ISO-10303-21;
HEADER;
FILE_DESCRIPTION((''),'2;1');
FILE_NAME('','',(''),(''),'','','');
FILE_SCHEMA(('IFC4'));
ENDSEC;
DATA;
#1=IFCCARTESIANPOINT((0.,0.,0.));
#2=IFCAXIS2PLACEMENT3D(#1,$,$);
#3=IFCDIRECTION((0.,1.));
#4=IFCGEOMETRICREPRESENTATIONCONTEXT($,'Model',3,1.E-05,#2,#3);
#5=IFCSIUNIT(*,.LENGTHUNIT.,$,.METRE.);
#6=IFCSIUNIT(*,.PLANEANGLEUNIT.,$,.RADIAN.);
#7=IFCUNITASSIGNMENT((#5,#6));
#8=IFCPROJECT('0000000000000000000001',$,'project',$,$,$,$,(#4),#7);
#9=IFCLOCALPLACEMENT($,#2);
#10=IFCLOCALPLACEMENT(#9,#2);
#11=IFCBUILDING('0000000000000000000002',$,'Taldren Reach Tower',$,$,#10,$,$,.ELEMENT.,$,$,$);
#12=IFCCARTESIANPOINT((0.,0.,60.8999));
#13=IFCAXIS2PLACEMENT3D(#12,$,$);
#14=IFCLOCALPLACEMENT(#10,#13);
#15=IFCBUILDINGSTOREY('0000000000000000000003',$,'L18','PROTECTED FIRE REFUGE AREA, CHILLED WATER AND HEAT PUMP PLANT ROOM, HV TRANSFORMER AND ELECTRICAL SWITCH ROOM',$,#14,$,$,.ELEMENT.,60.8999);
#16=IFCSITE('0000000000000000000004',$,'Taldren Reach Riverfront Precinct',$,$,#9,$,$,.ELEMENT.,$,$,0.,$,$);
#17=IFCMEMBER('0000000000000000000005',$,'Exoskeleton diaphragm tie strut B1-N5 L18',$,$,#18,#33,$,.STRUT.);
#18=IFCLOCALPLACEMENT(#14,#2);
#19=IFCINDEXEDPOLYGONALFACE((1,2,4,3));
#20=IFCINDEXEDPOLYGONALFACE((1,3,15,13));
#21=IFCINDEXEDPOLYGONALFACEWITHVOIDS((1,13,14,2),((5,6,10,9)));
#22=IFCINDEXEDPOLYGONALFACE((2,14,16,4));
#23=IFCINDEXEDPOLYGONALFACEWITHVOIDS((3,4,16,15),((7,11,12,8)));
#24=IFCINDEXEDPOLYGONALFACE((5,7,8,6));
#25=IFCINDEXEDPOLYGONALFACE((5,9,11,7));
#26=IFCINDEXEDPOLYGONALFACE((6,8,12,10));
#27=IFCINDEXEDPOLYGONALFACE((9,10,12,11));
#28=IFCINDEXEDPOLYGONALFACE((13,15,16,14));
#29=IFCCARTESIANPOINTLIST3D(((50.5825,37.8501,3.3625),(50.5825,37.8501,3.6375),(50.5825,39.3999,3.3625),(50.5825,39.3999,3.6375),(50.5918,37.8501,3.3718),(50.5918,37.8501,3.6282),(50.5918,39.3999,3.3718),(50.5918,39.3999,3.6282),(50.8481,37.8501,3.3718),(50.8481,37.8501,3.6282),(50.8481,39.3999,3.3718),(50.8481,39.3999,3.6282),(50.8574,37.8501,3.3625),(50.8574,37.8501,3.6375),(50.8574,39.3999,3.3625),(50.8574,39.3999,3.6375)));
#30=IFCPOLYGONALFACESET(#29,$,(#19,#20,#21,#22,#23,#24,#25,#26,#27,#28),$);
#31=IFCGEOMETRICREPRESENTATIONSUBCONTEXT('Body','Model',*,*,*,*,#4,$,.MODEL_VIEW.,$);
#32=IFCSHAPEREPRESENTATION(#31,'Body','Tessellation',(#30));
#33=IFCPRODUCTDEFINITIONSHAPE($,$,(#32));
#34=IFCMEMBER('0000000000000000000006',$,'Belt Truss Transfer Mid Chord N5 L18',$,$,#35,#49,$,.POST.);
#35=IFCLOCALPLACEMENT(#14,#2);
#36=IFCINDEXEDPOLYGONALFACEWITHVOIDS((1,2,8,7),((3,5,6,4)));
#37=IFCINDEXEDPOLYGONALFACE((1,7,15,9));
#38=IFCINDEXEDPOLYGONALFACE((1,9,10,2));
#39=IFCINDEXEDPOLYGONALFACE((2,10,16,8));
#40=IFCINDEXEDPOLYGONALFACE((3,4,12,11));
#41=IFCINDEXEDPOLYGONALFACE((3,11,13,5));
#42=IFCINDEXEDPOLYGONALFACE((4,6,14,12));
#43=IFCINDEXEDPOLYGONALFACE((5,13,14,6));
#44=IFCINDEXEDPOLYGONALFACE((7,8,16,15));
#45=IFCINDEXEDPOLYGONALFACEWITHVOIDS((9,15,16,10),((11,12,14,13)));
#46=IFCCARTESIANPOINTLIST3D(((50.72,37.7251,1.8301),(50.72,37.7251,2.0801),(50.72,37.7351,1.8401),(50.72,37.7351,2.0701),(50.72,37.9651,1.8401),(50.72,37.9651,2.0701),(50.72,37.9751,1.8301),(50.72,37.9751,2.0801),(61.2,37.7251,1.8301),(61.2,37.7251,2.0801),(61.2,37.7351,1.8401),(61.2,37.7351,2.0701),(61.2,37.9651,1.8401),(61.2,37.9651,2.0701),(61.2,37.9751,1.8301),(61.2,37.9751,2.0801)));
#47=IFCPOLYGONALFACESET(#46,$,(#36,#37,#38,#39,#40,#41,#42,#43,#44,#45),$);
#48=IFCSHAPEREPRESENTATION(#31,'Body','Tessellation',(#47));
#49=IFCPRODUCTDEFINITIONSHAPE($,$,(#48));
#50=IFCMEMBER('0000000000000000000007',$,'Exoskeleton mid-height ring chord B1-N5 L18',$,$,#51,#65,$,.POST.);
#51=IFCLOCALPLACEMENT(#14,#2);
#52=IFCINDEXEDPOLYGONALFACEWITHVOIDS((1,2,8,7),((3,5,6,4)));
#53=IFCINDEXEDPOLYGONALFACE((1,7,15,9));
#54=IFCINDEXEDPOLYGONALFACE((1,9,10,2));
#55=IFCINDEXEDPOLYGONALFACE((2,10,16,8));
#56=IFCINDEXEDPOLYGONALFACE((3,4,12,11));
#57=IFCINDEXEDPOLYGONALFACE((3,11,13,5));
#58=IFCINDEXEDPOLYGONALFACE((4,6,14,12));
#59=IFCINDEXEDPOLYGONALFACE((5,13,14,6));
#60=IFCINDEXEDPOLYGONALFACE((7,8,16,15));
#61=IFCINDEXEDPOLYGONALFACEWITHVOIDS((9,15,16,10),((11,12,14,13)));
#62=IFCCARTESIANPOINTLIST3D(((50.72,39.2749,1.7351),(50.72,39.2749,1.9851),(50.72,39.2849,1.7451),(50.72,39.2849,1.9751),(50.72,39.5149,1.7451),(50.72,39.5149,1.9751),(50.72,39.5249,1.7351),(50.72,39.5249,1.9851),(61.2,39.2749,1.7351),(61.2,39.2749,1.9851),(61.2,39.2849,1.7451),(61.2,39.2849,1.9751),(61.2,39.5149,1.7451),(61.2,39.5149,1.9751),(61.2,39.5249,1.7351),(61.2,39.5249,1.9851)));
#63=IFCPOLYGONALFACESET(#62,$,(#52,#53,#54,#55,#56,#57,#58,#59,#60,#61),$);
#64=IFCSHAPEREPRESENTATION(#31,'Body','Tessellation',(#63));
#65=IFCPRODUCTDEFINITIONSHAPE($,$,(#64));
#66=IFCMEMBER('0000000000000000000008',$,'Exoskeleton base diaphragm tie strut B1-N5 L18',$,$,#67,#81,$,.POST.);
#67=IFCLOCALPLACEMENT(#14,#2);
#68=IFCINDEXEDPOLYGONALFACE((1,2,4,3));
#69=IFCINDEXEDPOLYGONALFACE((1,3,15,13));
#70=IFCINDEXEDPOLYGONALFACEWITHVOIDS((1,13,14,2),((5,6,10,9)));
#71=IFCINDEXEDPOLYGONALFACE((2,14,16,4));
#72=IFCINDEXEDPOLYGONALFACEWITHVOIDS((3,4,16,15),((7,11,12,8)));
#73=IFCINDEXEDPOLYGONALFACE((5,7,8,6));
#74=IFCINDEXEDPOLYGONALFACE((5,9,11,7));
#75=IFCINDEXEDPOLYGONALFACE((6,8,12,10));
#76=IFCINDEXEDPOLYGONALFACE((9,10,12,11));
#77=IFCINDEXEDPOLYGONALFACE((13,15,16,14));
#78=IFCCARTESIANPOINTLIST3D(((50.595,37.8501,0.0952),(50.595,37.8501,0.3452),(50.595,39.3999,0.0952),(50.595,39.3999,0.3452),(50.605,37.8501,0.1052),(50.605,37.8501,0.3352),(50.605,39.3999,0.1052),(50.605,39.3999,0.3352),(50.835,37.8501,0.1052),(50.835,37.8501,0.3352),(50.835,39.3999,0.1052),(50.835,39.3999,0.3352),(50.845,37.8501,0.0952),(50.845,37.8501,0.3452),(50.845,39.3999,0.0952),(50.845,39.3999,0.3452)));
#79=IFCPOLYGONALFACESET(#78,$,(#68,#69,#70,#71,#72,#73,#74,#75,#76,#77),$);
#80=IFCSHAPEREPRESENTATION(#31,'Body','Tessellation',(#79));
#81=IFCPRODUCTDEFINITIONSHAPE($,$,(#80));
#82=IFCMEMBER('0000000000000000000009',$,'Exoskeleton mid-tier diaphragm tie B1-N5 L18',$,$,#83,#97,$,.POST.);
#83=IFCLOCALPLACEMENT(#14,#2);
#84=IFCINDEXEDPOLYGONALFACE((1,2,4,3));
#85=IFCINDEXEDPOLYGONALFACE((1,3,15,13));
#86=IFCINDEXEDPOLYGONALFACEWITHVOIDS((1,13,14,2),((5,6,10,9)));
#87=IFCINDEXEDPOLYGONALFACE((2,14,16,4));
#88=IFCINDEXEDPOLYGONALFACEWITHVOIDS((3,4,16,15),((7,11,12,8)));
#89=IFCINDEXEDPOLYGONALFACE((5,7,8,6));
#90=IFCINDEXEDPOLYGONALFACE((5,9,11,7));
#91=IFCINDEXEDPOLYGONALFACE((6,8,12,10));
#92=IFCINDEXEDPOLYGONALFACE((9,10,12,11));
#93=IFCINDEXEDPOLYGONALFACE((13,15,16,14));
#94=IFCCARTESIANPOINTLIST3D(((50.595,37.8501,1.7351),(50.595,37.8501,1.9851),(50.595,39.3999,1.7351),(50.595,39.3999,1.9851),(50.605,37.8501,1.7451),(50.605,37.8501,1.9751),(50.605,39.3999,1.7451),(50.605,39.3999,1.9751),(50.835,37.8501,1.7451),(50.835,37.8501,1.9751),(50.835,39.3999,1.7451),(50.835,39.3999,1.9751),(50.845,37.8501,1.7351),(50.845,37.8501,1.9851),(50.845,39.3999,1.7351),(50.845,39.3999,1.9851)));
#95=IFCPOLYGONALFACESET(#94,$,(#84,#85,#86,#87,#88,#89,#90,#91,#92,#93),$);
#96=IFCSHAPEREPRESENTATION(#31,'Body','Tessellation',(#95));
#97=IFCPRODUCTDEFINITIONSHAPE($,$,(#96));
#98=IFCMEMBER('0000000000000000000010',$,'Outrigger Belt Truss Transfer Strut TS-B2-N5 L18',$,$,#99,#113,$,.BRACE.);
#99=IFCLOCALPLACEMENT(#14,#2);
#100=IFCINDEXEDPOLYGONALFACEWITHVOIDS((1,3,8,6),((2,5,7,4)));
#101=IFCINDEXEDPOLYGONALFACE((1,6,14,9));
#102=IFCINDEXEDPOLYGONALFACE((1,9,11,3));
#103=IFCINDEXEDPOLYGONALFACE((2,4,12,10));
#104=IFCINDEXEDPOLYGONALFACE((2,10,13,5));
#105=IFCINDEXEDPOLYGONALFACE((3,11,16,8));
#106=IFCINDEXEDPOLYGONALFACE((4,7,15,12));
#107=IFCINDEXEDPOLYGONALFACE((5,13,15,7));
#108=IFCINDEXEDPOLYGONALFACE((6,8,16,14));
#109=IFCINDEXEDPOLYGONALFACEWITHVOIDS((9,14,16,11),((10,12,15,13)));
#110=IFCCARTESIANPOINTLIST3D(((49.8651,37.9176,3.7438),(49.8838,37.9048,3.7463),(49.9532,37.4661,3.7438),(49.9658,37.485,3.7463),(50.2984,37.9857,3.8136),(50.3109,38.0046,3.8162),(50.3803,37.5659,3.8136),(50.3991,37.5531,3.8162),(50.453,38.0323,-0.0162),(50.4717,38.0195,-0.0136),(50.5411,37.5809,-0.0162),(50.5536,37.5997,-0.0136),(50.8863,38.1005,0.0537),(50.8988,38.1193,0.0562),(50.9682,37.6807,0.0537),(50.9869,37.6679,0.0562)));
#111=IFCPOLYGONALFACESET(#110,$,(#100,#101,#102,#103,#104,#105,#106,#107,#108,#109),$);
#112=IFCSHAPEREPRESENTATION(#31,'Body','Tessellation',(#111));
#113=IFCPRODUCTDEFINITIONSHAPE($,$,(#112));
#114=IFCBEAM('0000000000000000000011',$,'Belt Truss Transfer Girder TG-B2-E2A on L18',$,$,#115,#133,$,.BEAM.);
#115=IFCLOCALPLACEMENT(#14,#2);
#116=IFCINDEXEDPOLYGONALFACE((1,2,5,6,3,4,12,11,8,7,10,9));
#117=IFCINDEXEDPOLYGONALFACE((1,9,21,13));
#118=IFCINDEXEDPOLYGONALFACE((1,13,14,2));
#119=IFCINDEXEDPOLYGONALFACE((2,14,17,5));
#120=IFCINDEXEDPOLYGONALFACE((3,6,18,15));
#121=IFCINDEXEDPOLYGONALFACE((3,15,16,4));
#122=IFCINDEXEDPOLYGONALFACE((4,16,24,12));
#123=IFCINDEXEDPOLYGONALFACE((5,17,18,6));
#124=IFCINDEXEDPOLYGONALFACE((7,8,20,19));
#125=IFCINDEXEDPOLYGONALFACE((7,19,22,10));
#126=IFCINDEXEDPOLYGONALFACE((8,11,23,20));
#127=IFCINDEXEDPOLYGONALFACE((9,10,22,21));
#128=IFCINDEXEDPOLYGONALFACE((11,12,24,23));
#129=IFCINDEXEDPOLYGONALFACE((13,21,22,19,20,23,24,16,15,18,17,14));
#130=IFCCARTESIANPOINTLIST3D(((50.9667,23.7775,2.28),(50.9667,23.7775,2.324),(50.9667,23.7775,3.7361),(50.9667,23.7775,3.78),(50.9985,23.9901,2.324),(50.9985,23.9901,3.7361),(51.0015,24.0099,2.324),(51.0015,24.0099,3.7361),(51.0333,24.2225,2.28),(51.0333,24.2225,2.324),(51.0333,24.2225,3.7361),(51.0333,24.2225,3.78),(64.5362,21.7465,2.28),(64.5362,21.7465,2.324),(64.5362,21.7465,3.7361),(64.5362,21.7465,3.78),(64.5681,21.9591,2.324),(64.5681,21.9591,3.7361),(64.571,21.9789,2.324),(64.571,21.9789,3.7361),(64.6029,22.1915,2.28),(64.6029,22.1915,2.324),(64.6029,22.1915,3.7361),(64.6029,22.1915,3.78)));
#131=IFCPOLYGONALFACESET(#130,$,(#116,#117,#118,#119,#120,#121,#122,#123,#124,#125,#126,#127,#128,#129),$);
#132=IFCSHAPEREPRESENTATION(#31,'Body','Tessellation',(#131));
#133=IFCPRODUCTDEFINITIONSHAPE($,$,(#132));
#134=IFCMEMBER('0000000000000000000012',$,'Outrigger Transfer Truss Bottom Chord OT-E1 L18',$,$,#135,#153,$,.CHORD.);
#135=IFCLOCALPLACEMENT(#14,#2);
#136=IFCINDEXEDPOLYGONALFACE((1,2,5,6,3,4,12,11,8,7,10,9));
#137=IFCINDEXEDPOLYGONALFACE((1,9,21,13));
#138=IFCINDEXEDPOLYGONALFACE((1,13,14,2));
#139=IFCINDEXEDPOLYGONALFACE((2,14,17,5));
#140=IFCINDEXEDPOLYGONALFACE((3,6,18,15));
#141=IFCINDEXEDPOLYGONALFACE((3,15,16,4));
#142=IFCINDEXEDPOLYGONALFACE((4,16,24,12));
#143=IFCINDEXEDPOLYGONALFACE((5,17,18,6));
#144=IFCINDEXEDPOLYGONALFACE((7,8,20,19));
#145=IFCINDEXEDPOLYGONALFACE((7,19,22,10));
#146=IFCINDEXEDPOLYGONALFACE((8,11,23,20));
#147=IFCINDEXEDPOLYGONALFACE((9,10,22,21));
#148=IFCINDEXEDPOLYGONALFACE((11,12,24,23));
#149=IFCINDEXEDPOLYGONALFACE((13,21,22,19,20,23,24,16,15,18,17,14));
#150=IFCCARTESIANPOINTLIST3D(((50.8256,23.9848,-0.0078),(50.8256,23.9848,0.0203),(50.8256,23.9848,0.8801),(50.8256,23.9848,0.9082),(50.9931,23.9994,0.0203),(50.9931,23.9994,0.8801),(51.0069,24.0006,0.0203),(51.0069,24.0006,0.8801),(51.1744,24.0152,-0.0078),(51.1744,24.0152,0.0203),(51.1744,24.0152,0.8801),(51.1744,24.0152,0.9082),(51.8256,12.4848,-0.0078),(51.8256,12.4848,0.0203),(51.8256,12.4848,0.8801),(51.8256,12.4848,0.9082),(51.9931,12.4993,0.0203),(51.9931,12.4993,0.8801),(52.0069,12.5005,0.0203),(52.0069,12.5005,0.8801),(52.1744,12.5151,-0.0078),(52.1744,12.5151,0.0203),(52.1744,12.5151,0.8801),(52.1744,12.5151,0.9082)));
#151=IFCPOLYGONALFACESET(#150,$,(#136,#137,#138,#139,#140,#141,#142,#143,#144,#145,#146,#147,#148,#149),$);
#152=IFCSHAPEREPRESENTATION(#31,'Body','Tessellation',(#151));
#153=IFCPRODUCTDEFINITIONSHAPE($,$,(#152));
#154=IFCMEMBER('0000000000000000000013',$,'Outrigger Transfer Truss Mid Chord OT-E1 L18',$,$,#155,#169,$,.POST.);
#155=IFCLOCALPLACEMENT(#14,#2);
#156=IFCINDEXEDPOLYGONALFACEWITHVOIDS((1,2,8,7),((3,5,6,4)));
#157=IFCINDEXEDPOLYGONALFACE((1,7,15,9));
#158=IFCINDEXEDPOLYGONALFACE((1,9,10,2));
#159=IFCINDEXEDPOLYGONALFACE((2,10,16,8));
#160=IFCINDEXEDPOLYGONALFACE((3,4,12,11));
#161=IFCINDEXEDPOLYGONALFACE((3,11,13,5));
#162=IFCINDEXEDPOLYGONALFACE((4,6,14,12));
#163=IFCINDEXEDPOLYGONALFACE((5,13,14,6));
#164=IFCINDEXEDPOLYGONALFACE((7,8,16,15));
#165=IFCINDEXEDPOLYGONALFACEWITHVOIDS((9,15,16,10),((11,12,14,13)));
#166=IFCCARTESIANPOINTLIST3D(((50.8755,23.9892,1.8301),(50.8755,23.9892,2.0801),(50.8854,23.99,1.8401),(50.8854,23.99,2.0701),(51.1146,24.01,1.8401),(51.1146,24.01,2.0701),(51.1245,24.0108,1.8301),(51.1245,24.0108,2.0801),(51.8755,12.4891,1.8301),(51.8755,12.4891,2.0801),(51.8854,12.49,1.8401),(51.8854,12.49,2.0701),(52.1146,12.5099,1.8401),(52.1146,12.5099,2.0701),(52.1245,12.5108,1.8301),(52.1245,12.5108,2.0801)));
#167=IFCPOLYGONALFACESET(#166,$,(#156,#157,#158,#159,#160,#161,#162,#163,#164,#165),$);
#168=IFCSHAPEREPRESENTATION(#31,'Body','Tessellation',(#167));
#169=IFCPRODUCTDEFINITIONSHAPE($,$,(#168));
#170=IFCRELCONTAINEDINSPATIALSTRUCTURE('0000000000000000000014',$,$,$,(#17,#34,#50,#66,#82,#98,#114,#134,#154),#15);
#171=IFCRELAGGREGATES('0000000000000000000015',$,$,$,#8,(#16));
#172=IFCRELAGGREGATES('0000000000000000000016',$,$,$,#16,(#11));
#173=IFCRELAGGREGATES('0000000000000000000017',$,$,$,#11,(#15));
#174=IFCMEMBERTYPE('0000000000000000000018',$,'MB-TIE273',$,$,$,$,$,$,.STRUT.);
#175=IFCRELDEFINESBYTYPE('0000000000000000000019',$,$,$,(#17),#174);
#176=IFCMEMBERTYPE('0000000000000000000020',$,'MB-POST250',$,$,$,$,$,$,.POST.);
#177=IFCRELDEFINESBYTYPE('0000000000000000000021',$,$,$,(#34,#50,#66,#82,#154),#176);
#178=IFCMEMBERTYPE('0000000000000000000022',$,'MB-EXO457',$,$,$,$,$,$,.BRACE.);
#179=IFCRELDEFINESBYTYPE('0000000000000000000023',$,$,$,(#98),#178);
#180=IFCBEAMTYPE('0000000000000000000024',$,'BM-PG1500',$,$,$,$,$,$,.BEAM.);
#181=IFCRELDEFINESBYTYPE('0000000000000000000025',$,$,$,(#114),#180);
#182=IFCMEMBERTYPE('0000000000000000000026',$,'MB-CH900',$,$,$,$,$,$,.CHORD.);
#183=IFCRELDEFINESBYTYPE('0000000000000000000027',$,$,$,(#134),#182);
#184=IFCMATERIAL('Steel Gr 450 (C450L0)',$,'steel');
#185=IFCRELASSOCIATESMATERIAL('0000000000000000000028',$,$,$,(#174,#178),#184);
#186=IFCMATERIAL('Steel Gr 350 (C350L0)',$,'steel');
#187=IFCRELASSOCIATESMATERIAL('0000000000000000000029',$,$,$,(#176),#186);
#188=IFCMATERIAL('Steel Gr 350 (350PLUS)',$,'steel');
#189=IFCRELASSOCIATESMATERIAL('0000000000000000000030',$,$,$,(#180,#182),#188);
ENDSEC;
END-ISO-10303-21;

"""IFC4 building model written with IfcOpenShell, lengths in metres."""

from ifc_helpers import new_model, si_unit, direction, frame, origin, origin_2d, place, context, subcontext, project, spatial, hollow_rectangle, i_section, extrude, source, transform, mapped, material, material_profile, profile_set, type_object, element, save


model = new_model("IFC4")

# Units and contexts
model_context = context("Model", 3, precision=1e-05, world=origin(), true_north=direction((0.0, 1.0)))
body_context = subcontext(model_context, "Body", "Model", "MODEL_VIEW")
ifc_project = project(units=[si_unit("LENGTHUNIT", "METRE"), si_unit("PLANEANGLEUNIT", "RADIAN")], contexts=[model_context])

# Site, building, storey
site_placement = place(None, origin())
site = spatial("IfcSite", under=ifc_project, at=site_placement, Name="Taldren Reach Riverfront Precinct", CompositionType="ELEMENT", RefElevation=0.0)
building_placement = place(site_placement, origin())
building = spatial("IfcBuilding", under=site, at=building_placement, Name="Taldren Reach Tower", CompositionType="ELEMENT")
storey_placement = place(building_placement, frame((0.0, 0.0, 60.8999)))
storey = spatial("IfcBuildingStorey", under=building, at=storey_placement, Name="L18", Description="PROTECTED FIRE REFUGE AREA, CHILLED WATER AND HEAT PUMP PLANT ROOM, HV TRANSFORMER AND ELECTRICAL SWITCH ROOM", CompositionType="ELEMENT", Elevation=60.8999)

# Shared definitions
ifc_material_1 = material(Name="Steel Gr 350 (350PLUS)", Category="steel")

# Members
ifc_material_2 = material(Name="Steel Gr 450 (C450L0)", Category="steel")
ifc_material_profile_1 = material_profile(ifc_material_2, hollow_rectangle(XDim=0.2749, YDim=0.2749, WallThickness=0.0093, at=origin_2d()), Name="275x275x9.3SHS")
ifc_profile_set_1 = profile_set([ifc_material_profile_1], Name="Steel Gr 450 (C450L0)")
member_type_1 = type_object("IfcMemberType", Name="MB-TIE273", PredefinedType="STRUT", material=ifc_profile_set_1)
shared_shape_1 = source(origin(), body_context, "Body", "SweptSolid", [
    extrude(hollow_rectangle(XDim=0.2749, YDim=0.2749, WallThickness=0.0093, at=origin_2d()), origin(), (0.0, 0.0, 1.0), 1.5498),
])
member_1_placement = place(storey_placement, frame((50.72, 37.8501, 3.5), z_axis=(0.0, 1.0, 0.0), x_axis=(-1.0, 0.0, 0.0)))
element("IfcMember", 1, at=member_1_placement, inside=storey, type_object=member_type_1, Name="Exoskeleton diaphragm tie strut B1-N5 L18", PredefinedType="STRUT", context=body_context, shape_type="MappedRepresentation", body=[
    mapped(shared_shape_1, transform((0.0, 0.0, 0.0), scale=1.0)),
])
ifc_material_3 = material(Name="Steel Gr 350 (C350L0)", Category="steel")
ifc_material_profile_2 = material_profile(ifc_material_3, hollow_rectangle(XDim=0.25, YDim=0.25, WallThickness=0.01, at=origin_2d()), Name="250x250x10.0SHS")
ifc_profile_set_2 = profile_set([ifc_material_profile_2], Name="Steel Gr 350 (C350L0)")
member_type_2 = type_object("IfcMemberType", Name="MB-POST250", PredefinedType="POST", material=ifc_profile_set_2)
shared_shape_2 = source(origin(), body_context, "Body", "SweptSolid", [
    extrude(hollow_rectangle(XDim=0.25, YDim=0.25, WallThickness=0.01, at=origin_2d()), origin(), (0.0, 0.0, 1.0), 10.48),
])
for number, where, z_axis, x_axis, name in (
    (2, (50.72, 37.8501, 1.9551), (1.0, 0.0, 0.0), (0.0, 1.0, 0.0), "Belt Truss Transfer Mid Chord N5 L18"),
    (3, (50.72, 39.3999, 1.8601), (1.0, 0.0, 0.0), (0.0, 1.0, 0.0), "Exoskeleton mid-height ring chord B1-N5 L18"),
):
    element("IfcMember", number, at=place(storey_placement, frame(where, z_axis=z_axis, x_axis=x_axis)), inside=storey, type_object=member_type_2, Name=name, PredefinedType="POST", context=body_context, shape_type="MappedRepresentation", body=[
        mapped(shared_shape_2, transform((0.0, 0.0, 0.0), scale=1.0)),
    ])
shared_shape_3 = source(origin(), body_context, "Body", "SweptSolid", [
    extrude(hollow_rectangle(XDim=0.25, YDim=0.25, WallThickness=0.01, at=origin_2d()), origin(), (0.0, 0.0, 1.0), 1.5498),
])
for number, where, z_axis, x_axis, name in (
    (4, (50.72, 37.8501, 0.2202), (0.0, 1.0, 0.0), (-1.0, 0.0, 0.0), "Exoskeleton base diaphragm tie strut B1-N5 L18"),
    (5, (50.72, 37.8501, 1.8601), (0.0, 1.0, 0.0), (-1.0, 0.0, 0.0), "Exoskeleton mid-tier diaphragm tie B1-N5 L18"),
):
    element("IfcMember", number, at=place(storey_placement, frame(where, z_axis=z_axis, x_axis=x_axis)), inside=storey, type_object=member_type_2, Name=name, PredefinedType="POST", context=body_context, shape_type="MappedRepresentation", body=[
        mapped(shared_shape_3, transform((0.0, 0.0, 0.0), scale=1.0)),
    ])
ifc_material_profile_3 = material_profile(ifc_material_2, hollow_rectangle(XDim=0.46, YDim=0.46, WallThickness=0.0161, at=origin_2d()), Name="460x460x16.0SHS")
ifc_profile_set_3 = profile_set([ifc_material_profile_3], Name="Steel Gr 450 (C450L0)")
member_type_3 = type_object("IfcMemberType", Name="MB-EXO457", PredefinedType="BRACE", material=ifc_profile_set_3)
shared_shape_4 = source(origin(), body_context, "Body", "SweptSolid", [
    extrude(hollow_rectangle(XDim=0.46, YDim=0.46, WallThickness=0.0161, at=origin_2d()), origin(), (0.0, 0.0, 1.0), 3.8074),
])
member_2_placement = place(storey_placement, frame((50.72, 37.8501, 0.02), z_axis=(-0.154407, -0.030137, 0.987548), x_axis=(0.191568, -0.981479, 0.0)))
element("IfcMember", 6, at=member_2_placement, inside=storey, type_object=member_type_3, Name="Outrigger Belt Truss Transfer Strut TS-B2-N5 L18", PredefinedType="BRACE", context=body_context, shape_type="MappedRepresentation", body=[
    mapped(shared_shape_4, transform((0.0, 0.0, 0.0), scale=1.0)),
])

# Beam
ifc_material_profile_4 = material_profile(ifc_material_1, i_section(OverallWidth=0.45, OverallDepth=1.5, WebThickness=0.02, FlangeThickness=0.0439, at=origin_2d()), Name="1500WB550")
ifc_profile_set_4 = profile_set([ifc_material_profile_4], Name="Steel Gr 350 (350PLUS)")
beam_type_1 = type_object("IfcBeamType", Name="BM-PG1500", PredefinedType="BEAM", material=ifc_profile_set_4)
shared_shape_5 = source(origin(), body_context, "Body", "SweptSolid", [
    extrude(i_section(OverallWidth=0.45, OverallDepth=1.5, WebThickness=0.02, FlangeThickness=0.0439, at=origin_2d()), origin(), (0.0, 0.0, 1.0), 13.7207),
])
beam_1_placement = place(storey_placement, frame((51.0, 24.0, 3.03), z_axis=(0.988984, -0.148025, 0.0), x_axis=(0.148025, 0.988984, 0.0)))
element("IfcBeam", 7, at=beam_1_placement, inside=storey, type_object=beam_type_1, Name="Belt Truss Transfer Girder TG-B2-E2A on L18", PredefinedType="BEAM", context=body_context, shape_type="MappedRepresentation", body=[
    mapped(shared_shape_5, transform((0.0, 0.0, 0.0), scale=1.0)),
])

# Members
ifc_material_profile_5 = material_profile(ifc_material_1, i_section(OverallWidth=0.3501, OverallDepth=0.916, WebThickness=0.0139, FlangeThickness=0.0281, at=origin_2d()), Name="900WB257")
ifc_profile_set_5 = profile_set([ifc_material_profile_5], Name="Steel Gr 350 (350PLUS)")
member_type_4 = type_object("IfcMemberType", Name="MB-CH900", PredefinedType="CHORD", material=ifc_profile_set_5)
shared_shape_6 = source(origin(), body_context, "Body", "SweptSolid", [
    extrude(i_section(OverallWidth=0.3501, OverallDepth=0.916, WebThickness=0.0139, FlangeThickness=0.0281, at=origin_2d()), origin(), (0.0, 0.0, 1.0), 11.5435),
])
member_3_placement = place(storey_placement, frame((51.0, 24.0, 0.4502), z_axis=(0.08663, -0.996241, 0.0), x_axis=(0.996241, 0.08663, 0.0)))
element("IfcMember", 8, at=member_3_placement, inside=storey, type_object=member_type_4, Name="Outrigger Transfer Truss Bottom Chord OT-E1 L18", PredefinedType="CHORD", context=body_context, shape_type="MappedRepresentation", body=[
    mapped(shared_shape_6, transform((0.0, 0.0, 0.0), scale=1.0)),
])
shared_shape_7 = source(origin(), body_context, "Body", "SweptSolid", [
    extrude(hollow_rectangle(XDim=0.25, YDim=0.25, WallThickness=0.01, at=origin_2d()), origin(), (0.0, 0.0, 1.0), 11.5435),
])
member_4_placement = place(storey_placement, frame((51.0, 24.0, 1.9551), z_axis=(0.08663, -0.996241, 0.0), x_axis=(0.996241, 0.08663, 0.0)))
element("IfcMember", 9, at=member_4_placement, inside=storey, type_object=member_type_2, Name="Outrigger Transfer Truss Mid Chord OT-E1 L18", PredefinedType="POST", context=body_context, shape_type="MappedRepresentation", body=[
    mapped(shared_shape_7, transform((0.0, 0.0, 0.0), scale=1.0)),
])

save(model, "model.ifc")
